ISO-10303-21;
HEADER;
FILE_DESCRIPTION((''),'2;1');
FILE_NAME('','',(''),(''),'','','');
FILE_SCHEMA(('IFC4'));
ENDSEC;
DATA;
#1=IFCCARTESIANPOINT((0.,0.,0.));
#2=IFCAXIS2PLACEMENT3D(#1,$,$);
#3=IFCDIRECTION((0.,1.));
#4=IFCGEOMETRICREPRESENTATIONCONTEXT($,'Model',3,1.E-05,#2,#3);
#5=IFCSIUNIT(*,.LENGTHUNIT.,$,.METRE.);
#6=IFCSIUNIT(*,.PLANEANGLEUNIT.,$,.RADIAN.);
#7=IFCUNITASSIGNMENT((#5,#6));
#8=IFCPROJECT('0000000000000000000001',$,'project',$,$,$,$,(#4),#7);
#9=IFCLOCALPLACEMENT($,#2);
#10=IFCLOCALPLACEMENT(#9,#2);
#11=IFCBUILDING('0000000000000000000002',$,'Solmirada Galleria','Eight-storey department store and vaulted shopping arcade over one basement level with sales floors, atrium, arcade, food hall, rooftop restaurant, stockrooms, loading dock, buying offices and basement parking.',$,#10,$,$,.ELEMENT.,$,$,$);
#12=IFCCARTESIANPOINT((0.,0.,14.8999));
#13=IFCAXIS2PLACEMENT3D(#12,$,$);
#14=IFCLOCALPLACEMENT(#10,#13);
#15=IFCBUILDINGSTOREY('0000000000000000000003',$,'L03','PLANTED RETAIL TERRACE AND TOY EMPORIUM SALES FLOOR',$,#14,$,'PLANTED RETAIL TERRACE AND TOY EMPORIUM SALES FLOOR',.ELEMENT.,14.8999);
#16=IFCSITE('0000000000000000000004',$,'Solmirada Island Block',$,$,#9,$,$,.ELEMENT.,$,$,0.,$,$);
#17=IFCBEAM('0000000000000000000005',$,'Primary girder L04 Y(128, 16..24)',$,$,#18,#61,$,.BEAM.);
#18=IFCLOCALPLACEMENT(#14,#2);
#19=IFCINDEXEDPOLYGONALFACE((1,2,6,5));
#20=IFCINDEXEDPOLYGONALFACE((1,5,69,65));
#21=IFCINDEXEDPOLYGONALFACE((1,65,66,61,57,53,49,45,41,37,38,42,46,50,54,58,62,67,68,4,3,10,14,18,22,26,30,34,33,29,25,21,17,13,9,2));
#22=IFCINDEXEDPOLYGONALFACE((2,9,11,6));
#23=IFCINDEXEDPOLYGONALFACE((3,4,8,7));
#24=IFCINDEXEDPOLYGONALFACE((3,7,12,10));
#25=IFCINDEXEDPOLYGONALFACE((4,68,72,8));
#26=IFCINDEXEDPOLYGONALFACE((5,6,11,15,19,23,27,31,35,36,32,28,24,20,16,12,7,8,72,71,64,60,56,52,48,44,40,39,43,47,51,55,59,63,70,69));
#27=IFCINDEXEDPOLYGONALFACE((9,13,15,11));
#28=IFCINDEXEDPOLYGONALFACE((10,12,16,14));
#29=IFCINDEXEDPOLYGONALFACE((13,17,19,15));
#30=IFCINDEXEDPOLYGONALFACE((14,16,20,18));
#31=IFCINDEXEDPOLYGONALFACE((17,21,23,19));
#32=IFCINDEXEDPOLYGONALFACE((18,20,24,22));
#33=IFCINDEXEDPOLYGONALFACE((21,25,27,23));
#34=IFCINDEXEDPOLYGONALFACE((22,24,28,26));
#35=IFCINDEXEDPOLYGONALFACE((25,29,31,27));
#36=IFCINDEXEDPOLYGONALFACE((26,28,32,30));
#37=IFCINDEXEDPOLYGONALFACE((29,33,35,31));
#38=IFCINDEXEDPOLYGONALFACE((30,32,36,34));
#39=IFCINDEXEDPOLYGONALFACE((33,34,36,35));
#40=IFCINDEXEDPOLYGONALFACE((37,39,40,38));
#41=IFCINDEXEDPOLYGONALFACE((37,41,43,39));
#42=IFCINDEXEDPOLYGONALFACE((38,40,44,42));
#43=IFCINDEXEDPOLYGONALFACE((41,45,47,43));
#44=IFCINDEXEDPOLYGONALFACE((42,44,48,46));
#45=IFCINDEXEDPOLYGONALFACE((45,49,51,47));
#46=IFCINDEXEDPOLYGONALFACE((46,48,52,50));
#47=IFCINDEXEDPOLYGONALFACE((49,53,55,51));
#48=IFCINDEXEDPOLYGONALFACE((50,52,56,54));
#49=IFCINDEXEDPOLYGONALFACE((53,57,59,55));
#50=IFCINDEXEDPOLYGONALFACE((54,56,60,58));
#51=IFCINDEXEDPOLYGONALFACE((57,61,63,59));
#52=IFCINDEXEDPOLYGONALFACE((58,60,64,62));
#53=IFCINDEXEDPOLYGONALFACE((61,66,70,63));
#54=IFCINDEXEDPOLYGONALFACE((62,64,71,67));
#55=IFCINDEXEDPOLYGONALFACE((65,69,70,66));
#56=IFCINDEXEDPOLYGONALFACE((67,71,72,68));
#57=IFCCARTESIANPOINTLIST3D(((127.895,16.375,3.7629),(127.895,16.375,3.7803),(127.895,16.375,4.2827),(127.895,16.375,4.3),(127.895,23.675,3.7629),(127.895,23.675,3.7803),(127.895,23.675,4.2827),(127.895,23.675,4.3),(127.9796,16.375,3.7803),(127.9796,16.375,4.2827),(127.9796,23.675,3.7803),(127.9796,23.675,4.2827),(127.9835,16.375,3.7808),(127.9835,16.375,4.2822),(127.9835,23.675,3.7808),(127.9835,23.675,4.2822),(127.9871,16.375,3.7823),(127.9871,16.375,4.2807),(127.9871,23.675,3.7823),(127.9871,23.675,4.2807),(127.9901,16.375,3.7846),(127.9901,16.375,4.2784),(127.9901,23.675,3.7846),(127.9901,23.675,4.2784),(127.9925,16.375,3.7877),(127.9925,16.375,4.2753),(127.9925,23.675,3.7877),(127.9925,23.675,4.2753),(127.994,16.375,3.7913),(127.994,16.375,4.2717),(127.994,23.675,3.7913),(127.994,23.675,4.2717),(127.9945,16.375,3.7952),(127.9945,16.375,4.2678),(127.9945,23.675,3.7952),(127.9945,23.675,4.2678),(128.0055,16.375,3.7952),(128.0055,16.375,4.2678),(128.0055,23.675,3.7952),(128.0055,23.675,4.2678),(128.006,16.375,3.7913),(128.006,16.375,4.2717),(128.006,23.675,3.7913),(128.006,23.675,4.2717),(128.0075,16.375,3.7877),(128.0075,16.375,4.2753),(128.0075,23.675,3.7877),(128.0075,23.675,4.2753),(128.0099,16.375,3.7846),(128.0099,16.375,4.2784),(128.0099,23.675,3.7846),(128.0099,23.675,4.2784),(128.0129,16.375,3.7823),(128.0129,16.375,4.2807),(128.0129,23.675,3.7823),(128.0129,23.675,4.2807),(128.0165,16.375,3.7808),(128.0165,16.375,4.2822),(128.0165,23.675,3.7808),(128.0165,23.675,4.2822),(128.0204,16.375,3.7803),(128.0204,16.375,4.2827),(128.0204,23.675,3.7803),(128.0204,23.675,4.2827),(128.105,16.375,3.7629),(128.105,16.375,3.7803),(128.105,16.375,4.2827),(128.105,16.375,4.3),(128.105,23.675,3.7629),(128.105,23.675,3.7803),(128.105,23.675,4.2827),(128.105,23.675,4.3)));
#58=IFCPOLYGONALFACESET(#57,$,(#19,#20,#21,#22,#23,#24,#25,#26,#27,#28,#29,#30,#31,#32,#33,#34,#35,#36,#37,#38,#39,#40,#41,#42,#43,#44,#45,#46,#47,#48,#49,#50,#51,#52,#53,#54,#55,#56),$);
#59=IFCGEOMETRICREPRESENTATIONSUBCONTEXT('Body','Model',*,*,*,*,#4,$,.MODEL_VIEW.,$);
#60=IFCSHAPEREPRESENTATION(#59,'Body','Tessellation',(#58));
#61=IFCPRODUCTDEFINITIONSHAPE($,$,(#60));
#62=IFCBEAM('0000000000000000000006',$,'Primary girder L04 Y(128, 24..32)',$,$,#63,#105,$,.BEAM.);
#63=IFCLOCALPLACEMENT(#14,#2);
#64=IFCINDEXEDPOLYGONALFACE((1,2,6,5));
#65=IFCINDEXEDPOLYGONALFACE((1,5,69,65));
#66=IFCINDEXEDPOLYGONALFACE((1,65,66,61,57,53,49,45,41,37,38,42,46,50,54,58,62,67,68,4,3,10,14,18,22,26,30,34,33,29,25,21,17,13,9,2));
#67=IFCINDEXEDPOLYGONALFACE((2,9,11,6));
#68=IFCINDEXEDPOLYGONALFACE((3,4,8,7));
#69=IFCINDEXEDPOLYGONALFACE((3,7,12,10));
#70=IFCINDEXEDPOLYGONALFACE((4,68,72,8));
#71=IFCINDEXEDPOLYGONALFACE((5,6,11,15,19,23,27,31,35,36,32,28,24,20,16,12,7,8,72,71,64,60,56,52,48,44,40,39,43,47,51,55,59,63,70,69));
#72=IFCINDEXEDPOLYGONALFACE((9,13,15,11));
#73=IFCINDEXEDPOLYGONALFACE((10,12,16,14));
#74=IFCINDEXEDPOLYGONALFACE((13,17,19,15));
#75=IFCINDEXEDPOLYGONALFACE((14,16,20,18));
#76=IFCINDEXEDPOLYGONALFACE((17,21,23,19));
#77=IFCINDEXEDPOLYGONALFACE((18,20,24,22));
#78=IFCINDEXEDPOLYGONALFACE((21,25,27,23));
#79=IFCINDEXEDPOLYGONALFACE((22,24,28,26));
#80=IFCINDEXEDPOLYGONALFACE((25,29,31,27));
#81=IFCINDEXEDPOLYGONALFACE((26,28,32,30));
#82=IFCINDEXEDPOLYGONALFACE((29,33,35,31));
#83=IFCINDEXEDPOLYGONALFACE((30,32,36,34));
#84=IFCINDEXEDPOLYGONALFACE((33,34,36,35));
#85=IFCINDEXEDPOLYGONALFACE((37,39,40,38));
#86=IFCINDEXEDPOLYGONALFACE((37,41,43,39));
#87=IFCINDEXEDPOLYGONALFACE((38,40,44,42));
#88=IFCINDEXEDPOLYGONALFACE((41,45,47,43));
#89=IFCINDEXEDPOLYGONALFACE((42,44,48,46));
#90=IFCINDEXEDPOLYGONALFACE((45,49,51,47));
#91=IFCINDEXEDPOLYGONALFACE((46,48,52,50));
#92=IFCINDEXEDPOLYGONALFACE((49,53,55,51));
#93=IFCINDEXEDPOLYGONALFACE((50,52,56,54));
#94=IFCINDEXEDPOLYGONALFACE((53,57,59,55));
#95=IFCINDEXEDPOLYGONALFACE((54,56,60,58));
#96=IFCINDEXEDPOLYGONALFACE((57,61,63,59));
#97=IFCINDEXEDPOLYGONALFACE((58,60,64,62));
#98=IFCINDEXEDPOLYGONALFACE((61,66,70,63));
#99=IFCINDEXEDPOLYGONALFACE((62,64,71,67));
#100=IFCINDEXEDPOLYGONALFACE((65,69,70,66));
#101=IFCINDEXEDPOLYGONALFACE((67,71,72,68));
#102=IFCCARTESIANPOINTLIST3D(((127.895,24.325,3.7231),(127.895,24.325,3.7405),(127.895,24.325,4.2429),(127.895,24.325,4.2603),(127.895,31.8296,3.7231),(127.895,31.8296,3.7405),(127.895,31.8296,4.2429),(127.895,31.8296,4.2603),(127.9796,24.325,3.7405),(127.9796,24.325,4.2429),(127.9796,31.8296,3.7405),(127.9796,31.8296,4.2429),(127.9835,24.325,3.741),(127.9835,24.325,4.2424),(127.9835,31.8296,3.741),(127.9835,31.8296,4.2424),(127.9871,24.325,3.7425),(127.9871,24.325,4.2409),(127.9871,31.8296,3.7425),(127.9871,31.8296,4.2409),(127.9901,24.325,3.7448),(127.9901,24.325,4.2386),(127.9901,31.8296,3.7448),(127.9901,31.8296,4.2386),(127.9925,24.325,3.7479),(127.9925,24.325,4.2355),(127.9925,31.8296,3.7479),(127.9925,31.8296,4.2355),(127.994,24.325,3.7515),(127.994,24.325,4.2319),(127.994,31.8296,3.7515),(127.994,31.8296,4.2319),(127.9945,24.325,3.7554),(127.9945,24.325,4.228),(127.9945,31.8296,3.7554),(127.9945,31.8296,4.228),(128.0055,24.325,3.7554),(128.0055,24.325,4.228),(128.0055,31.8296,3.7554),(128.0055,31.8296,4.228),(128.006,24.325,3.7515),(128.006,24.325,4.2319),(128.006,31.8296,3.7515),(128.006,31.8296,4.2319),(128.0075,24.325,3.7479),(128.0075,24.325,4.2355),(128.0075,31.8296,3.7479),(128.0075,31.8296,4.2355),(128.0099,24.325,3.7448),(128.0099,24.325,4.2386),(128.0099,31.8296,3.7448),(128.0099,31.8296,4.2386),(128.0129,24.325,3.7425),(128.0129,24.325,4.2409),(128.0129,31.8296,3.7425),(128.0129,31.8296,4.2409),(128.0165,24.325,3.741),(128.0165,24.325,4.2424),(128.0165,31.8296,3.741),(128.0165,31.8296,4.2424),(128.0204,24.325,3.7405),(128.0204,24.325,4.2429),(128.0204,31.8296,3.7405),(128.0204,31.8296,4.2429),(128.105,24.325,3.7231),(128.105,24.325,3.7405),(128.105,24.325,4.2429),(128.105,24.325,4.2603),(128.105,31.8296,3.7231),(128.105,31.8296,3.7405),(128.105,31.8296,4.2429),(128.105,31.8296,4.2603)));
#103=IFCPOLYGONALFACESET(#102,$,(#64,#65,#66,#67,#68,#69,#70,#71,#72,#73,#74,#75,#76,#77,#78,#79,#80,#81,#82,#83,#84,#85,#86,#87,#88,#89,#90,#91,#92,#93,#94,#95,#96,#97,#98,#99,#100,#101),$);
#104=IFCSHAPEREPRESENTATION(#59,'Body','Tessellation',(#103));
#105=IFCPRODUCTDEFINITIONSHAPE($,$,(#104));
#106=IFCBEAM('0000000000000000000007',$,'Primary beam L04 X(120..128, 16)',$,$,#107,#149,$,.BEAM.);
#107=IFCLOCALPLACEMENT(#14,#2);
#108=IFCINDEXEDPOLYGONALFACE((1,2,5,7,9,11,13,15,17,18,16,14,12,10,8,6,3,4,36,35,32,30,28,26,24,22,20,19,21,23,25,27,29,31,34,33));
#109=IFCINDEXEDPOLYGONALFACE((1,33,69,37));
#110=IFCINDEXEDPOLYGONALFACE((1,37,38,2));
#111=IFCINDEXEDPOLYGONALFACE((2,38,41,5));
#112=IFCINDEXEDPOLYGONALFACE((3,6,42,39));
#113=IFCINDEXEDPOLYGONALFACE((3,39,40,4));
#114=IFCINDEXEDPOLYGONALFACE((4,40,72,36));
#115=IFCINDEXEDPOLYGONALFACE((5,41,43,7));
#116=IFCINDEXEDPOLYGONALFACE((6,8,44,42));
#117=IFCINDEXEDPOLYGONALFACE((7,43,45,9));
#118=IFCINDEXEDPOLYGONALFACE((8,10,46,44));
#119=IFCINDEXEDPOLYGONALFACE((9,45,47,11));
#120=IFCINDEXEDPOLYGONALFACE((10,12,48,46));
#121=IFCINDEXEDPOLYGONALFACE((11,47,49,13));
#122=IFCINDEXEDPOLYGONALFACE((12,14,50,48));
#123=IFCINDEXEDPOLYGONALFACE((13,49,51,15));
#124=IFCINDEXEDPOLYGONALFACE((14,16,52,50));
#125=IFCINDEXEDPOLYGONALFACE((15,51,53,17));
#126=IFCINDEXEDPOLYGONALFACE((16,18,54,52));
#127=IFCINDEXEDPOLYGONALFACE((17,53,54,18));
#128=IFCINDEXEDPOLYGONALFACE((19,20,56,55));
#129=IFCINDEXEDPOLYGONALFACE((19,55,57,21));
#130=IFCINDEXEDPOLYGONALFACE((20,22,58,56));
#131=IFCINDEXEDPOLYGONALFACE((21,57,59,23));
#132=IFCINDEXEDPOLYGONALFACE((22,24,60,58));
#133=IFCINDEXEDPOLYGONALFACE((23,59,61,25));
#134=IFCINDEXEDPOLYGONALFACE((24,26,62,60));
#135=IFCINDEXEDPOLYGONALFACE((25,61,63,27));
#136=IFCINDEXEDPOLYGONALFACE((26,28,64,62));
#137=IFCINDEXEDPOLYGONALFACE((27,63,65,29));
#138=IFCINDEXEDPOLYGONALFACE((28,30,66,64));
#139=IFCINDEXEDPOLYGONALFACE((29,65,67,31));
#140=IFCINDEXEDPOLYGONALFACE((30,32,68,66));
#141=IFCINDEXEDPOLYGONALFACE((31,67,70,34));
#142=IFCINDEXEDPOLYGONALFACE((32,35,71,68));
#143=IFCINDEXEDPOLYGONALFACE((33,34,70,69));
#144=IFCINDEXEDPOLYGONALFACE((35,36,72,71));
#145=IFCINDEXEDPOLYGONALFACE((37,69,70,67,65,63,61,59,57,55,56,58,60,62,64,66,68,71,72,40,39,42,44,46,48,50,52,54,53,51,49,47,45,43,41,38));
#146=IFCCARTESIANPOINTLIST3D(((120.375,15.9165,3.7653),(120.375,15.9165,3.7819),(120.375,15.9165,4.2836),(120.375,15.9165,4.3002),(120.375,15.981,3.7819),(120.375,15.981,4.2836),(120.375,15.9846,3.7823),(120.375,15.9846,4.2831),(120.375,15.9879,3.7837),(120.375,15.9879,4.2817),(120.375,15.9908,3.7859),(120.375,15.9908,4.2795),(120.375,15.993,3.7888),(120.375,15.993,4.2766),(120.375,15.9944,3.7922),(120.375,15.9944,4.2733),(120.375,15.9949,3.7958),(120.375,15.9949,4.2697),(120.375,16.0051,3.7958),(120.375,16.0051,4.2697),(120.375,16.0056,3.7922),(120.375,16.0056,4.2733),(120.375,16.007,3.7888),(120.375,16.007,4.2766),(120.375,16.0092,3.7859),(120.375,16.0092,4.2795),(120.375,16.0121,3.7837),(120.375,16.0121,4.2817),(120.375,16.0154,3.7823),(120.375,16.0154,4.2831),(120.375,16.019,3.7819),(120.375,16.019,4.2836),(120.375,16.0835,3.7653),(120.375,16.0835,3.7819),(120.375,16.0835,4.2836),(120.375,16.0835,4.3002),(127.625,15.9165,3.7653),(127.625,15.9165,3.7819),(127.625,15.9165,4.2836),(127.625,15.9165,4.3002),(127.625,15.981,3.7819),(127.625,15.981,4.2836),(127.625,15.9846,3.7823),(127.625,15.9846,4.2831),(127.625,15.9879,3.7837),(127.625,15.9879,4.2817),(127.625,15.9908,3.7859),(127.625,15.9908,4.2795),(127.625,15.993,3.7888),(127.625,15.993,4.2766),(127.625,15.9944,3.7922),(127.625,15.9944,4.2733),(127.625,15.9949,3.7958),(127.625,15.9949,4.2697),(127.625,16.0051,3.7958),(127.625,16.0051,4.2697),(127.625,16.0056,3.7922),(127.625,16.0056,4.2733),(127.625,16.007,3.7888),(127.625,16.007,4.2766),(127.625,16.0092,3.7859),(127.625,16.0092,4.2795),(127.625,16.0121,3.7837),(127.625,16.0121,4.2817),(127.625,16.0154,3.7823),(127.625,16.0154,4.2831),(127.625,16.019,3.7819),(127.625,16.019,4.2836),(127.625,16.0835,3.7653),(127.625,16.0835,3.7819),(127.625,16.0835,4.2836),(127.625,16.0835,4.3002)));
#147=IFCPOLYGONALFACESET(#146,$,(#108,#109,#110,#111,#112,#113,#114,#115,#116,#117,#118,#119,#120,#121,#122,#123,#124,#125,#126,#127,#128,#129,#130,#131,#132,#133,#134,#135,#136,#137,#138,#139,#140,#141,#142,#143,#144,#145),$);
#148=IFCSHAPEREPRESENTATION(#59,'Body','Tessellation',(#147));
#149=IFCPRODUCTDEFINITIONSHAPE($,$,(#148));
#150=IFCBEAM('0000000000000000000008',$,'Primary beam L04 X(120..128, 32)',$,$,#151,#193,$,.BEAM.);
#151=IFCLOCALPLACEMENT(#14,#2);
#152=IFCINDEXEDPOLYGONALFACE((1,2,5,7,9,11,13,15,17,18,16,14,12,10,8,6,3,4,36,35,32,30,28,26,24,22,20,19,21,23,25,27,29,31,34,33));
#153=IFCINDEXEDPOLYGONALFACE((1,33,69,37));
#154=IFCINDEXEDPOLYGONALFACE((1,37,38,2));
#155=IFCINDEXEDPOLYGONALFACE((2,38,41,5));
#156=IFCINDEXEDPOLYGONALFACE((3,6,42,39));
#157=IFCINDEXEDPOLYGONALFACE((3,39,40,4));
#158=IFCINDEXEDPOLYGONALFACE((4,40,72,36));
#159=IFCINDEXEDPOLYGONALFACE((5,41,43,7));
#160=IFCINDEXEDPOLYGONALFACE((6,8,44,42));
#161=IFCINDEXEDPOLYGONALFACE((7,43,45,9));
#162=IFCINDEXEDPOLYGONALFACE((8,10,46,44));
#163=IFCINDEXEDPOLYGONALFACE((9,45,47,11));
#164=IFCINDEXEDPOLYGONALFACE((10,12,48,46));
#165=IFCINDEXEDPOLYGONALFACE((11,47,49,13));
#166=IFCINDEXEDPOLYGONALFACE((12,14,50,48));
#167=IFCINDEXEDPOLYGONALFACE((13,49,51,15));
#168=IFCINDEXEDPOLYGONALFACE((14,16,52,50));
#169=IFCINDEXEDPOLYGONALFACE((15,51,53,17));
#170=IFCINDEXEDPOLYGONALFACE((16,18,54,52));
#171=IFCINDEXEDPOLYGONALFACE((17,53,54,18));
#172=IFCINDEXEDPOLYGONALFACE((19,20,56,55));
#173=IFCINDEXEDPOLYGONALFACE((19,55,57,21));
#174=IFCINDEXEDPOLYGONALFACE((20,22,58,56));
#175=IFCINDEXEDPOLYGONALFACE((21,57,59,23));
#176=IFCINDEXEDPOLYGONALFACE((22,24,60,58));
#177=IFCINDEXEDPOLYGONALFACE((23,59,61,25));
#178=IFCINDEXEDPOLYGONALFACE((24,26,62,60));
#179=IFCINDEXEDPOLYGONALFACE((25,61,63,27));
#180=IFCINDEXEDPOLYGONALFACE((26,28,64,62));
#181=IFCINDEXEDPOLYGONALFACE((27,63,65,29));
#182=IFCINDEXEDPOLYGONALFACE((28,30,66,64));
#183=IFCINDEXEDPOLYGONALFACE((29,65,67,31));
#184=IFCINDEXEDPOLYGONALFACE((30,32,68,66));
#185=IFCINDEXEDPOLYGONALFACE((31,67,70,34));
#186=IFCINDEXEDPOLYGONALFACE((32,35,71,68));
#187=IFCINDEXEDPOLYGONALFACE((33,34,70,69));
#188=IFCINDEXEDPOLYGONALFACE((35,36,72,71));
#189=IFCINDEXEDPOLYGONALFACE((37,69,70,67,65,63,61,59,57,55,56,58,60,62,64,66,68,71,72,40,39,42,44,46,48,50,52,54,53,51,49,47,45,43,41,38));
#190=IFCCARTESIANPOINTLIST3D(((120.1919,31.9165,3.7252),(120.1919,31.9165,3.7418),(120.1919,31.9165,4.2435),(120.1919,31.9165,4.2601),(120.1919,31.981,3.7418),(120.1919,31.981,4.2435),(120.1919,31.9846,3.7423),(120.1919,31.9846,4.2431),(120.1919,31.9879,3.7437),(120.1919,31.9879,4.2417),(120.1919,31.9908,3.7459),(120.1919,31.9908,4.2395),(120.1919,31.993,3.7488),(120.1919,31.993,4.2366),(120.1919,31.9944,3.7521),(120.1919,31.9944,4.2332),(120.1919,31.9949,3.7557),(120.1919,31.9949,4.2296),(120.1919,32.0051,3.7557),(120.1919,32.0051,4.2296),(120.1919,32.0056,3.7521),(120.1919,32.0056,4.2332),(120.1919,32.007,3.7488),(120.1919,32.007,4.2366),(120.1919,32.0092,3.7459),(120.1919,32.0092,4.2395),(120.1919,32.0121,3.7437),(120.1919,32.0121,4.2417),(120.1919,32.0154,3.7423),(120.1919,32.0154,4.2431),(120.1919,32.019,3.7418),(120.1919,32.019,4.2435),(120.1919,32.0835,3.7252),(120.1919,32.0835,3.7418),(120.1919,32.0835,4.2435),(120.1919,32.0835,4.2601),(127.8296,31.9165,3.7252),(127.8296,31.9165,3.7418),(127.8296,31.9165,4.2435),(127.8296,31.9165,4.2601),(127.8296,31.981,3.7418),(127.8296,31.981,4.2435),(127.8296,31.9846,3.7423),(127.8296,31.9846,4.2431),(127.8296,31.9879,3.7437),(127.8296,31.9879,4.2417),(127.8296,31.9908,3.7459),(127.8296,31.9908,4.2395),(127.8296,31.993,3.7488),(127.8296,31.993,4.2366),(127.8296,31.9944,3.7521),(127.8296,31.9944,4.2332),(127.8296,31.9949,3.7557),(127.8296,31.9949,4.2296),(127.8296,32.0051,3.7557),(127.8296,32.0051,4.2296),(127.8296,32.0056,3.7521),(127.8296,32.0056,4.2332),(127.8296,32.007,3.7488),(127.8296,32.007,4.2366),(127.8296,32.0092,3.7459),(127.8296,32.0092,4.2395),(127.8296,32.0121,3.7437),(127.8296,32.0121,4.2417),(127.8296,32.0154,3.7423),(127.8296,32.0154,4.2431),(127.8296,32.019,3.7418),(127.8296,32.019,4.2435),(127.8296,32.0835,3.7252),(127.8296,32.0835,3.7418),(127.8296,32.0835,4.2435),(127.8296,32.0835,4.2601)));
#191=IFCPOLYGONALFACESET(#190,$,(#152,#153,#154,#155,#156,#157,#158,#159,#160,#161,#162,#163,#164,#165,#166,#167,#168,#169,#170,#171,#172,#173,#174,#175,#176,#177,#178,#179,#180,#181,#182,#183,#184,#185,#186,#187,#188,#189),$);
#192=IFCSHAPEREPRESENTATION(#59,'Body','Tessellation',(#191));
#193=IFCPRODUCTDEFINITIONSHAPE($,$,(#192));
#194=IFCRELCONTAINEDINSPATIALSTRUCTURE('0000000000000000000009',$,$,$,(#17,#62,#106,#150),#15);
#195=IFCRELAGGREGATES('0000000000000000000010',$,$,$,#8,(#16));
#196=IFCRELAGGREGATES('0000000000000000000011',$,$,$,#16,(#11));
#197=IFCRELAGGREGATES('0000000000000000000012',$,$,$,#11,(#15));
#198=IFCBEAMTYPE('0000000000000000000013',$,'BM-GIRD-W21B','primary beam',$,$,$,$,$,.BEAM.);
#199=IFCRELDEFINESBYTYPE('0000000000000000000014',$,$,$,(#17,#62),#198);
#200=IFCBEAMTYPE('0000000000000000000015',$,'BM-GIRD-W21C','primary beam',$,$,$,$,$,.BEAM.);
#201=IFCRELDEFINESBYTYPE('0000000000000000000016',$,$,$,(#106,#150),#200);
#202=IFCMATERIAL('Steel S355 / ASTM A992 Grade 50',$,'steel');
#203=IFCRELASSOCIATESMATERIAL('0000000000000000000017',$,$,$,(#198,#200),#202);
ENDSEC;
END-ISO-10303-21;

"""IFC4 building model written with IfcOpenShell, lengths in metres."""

from ifc_helpers import new_model, si_unit, direction, frame, origin, origin_2d, place, context, subcontext, project, spatial, i_section, extrude, material, material_profile, profile_set, type_object, element, save


model = new_model("IFC4")

# Units and contexts
model_context = context("Model", 3, precision=1e-05, world=origin(), true_north=direction((0.0, 1.0)))
body_context = subcontext(model_context, "Body", "Model", "MODEL_VIEW")
ifc_project = project(units=[si_unit("LENGTHUNIT", "METRE"), si_unit("PLANEANGLEUNIT", "RADIAN")], contexts=[model_context])

# Site, building, storey
site_placement = place(None, origin())
site = spatial("IfcSite", under=ifc_project, at=site_placement, Name="Solmirada Island Block", CompositionType="ELEMENT", RefElevation=0.0)
building_placement = place(site_placement, origin())
building = spatial("IfcBuilding", under=site, at=building_placement, Name="Solmirada Galleria", Description="Eight-storey department store and vaulted shopping arcade over one basement level with sales floors, atrium, arcade, food hall, rooftop restaurant, stockrooms, loading dock, buying offices and basement parking.", CompositionType="ELEMENT")
storey_placement = place(building_placement, frame((0.0, 0.0, 14.8999)))
storey = spatial("IfcBuildingStorey", under=building, at=storey_placement, Name="L03", Description="PLANTED RETAIL TERRACE AND TOY EMPORIUM SALES FLOOR", LongName="PLANTED RETAIL TERRACE AND TOY EMPORIUM SALES FLOOR", CompositionType="ELEMENT", Elevation=14.8999)

# Beams
ifc_material_1 = material(Name="Steel S355 / ASTM A992 Grade 50", Category="steel")
ifc_material_profile_1 = material_profile(ifc_material_1, i_section(OverallWidth=0.21, OverallDepth=0.5371, WebThickness=0.011, FlangeThickness=0.0173, FilletRadius=0.0149, at=origin_2d()), Name="W21X68")
ifc_profile_set_1 = profile_set([ifc_material_profile_1], Name="Steel S355 / ASTM A992 Grade 50")
beam_type_1 = type_object("IfcBeamType", Name="BM-GIRD-W21B", Description="primary beam", PredefinedType="BEAM", material=ifc_profile_set_1)
beam_1_placement = place(storey_placement, frame((128.0, 16.375, 4.0315), z_axis=(0.0, 1.0, 0.0), x_axis=(-1.0, 0.0, 0.0)))
element("IfcBeam", 1, at=beam_1_placement, inside=storey, type_object=beam_type_1, Name="Primary girder L04 Y(128, 16..24)", PredefinedType="BEAM", context=body_context, shape_type="SweptSolid", body=[
    extrude(i_section(OverallWidth=0.21, OverallDepth=0.5371, WebThickness=0.011, FlangeThickness=0.0173, FilletRadius=0.0149, at=origin_2d()), origin(), (0.0, 0.0, 1.0), 7.3),
])
beam_2_placement = place(storey_placement, frame((128.0, 24.325, 3.9917), z_axis=(0.0, 1.0, 0.0), x_axis=(-1.0, 0.0, 0.0)))
element("IfcBeam", 2, at=beam_2_placement, inside=storey, type_object=beam_type_1, Name="Primary girder L04 Y(128, 24..32)", PredefinedType="BEAM", context=body_context, shape_type="SweptSolid", body=[
    extrude(i_section(OverallWidth=0.21, OverallDepth=0.5371, WebThickness=0.011, FlangeThickness=0.0173, FilletRadius=0.0149, at=origin_2d()), origin(), (0.0, 0.0, 1.0), 7.5046),
])
ifc_material_profile_2 = material_profile(ifc_material_1, i_section(OverallWidth=0.167, OverallDepth=0.5349, WebThickness=0.0103, FlangeThickness=0.0166, FilletRadius=0.0139, at=origin_2d()), Name="W21X57")
ifc_profile_set_2 = profile_set([ifc_material_profile_2], Name="Steel S355 / ASTM A992 Grade 50")
beam_type_2 = type_object("IfcBeamType", Name="BM-GIRD-W21C", Description="primary beam", PredefinedType="BEAM", material=ifc_profile_set_2)
beam_3_placement = place(storey_placement, frame((120.375, 16.0, 4.0327), z_axis=(1.0, 0.0, 0.0), x_axis=(0.0, 1.0, 0.0)))
element("IfcBeam", 3, at=beam_3_placement, inside=storey, type_object=beam_type_2, Name="Primary beam L04 X(120..128, 16)", PredefinedType="BEAM", context=body_context, shape_type="SweptSolid", body=[
    extrude(i_section(OverallWidth=0.167, OverallDepth=0.5349, WebThickness=0.0103, FlangeThickness=0.0166, FilletRadius=0.0139, at=origin_2d()), origin(), (0.0, 0.0, 1.0), 7.25),
])
beam_4_placement = place(storey_placement, frame((120.1919, 32.0, 3.9927), z_axis=(1.0, 0.0, 0.0), x_axis=(0.0, 1.0, 0.0)))
element("IfcBeam", 4, at=beam_4_placement, inside=storey, type_object=beam_type_2, Name="Primary beam L04 X(120..128, 32)", PredefinedType="BEAM", context=body_context, shape_type="SweptSolid", body=[
    extrude(i_section(OverallWidth=0.167, OverallDepth=0.5349, WebThickness=0.0103, FlangeThickness=0.0166, FilletRadius=0.0139, at=origin_2d()), origin(), (0.0, 0.0, 1.0), 7.6377),
])

save(model, "model.ifc")
